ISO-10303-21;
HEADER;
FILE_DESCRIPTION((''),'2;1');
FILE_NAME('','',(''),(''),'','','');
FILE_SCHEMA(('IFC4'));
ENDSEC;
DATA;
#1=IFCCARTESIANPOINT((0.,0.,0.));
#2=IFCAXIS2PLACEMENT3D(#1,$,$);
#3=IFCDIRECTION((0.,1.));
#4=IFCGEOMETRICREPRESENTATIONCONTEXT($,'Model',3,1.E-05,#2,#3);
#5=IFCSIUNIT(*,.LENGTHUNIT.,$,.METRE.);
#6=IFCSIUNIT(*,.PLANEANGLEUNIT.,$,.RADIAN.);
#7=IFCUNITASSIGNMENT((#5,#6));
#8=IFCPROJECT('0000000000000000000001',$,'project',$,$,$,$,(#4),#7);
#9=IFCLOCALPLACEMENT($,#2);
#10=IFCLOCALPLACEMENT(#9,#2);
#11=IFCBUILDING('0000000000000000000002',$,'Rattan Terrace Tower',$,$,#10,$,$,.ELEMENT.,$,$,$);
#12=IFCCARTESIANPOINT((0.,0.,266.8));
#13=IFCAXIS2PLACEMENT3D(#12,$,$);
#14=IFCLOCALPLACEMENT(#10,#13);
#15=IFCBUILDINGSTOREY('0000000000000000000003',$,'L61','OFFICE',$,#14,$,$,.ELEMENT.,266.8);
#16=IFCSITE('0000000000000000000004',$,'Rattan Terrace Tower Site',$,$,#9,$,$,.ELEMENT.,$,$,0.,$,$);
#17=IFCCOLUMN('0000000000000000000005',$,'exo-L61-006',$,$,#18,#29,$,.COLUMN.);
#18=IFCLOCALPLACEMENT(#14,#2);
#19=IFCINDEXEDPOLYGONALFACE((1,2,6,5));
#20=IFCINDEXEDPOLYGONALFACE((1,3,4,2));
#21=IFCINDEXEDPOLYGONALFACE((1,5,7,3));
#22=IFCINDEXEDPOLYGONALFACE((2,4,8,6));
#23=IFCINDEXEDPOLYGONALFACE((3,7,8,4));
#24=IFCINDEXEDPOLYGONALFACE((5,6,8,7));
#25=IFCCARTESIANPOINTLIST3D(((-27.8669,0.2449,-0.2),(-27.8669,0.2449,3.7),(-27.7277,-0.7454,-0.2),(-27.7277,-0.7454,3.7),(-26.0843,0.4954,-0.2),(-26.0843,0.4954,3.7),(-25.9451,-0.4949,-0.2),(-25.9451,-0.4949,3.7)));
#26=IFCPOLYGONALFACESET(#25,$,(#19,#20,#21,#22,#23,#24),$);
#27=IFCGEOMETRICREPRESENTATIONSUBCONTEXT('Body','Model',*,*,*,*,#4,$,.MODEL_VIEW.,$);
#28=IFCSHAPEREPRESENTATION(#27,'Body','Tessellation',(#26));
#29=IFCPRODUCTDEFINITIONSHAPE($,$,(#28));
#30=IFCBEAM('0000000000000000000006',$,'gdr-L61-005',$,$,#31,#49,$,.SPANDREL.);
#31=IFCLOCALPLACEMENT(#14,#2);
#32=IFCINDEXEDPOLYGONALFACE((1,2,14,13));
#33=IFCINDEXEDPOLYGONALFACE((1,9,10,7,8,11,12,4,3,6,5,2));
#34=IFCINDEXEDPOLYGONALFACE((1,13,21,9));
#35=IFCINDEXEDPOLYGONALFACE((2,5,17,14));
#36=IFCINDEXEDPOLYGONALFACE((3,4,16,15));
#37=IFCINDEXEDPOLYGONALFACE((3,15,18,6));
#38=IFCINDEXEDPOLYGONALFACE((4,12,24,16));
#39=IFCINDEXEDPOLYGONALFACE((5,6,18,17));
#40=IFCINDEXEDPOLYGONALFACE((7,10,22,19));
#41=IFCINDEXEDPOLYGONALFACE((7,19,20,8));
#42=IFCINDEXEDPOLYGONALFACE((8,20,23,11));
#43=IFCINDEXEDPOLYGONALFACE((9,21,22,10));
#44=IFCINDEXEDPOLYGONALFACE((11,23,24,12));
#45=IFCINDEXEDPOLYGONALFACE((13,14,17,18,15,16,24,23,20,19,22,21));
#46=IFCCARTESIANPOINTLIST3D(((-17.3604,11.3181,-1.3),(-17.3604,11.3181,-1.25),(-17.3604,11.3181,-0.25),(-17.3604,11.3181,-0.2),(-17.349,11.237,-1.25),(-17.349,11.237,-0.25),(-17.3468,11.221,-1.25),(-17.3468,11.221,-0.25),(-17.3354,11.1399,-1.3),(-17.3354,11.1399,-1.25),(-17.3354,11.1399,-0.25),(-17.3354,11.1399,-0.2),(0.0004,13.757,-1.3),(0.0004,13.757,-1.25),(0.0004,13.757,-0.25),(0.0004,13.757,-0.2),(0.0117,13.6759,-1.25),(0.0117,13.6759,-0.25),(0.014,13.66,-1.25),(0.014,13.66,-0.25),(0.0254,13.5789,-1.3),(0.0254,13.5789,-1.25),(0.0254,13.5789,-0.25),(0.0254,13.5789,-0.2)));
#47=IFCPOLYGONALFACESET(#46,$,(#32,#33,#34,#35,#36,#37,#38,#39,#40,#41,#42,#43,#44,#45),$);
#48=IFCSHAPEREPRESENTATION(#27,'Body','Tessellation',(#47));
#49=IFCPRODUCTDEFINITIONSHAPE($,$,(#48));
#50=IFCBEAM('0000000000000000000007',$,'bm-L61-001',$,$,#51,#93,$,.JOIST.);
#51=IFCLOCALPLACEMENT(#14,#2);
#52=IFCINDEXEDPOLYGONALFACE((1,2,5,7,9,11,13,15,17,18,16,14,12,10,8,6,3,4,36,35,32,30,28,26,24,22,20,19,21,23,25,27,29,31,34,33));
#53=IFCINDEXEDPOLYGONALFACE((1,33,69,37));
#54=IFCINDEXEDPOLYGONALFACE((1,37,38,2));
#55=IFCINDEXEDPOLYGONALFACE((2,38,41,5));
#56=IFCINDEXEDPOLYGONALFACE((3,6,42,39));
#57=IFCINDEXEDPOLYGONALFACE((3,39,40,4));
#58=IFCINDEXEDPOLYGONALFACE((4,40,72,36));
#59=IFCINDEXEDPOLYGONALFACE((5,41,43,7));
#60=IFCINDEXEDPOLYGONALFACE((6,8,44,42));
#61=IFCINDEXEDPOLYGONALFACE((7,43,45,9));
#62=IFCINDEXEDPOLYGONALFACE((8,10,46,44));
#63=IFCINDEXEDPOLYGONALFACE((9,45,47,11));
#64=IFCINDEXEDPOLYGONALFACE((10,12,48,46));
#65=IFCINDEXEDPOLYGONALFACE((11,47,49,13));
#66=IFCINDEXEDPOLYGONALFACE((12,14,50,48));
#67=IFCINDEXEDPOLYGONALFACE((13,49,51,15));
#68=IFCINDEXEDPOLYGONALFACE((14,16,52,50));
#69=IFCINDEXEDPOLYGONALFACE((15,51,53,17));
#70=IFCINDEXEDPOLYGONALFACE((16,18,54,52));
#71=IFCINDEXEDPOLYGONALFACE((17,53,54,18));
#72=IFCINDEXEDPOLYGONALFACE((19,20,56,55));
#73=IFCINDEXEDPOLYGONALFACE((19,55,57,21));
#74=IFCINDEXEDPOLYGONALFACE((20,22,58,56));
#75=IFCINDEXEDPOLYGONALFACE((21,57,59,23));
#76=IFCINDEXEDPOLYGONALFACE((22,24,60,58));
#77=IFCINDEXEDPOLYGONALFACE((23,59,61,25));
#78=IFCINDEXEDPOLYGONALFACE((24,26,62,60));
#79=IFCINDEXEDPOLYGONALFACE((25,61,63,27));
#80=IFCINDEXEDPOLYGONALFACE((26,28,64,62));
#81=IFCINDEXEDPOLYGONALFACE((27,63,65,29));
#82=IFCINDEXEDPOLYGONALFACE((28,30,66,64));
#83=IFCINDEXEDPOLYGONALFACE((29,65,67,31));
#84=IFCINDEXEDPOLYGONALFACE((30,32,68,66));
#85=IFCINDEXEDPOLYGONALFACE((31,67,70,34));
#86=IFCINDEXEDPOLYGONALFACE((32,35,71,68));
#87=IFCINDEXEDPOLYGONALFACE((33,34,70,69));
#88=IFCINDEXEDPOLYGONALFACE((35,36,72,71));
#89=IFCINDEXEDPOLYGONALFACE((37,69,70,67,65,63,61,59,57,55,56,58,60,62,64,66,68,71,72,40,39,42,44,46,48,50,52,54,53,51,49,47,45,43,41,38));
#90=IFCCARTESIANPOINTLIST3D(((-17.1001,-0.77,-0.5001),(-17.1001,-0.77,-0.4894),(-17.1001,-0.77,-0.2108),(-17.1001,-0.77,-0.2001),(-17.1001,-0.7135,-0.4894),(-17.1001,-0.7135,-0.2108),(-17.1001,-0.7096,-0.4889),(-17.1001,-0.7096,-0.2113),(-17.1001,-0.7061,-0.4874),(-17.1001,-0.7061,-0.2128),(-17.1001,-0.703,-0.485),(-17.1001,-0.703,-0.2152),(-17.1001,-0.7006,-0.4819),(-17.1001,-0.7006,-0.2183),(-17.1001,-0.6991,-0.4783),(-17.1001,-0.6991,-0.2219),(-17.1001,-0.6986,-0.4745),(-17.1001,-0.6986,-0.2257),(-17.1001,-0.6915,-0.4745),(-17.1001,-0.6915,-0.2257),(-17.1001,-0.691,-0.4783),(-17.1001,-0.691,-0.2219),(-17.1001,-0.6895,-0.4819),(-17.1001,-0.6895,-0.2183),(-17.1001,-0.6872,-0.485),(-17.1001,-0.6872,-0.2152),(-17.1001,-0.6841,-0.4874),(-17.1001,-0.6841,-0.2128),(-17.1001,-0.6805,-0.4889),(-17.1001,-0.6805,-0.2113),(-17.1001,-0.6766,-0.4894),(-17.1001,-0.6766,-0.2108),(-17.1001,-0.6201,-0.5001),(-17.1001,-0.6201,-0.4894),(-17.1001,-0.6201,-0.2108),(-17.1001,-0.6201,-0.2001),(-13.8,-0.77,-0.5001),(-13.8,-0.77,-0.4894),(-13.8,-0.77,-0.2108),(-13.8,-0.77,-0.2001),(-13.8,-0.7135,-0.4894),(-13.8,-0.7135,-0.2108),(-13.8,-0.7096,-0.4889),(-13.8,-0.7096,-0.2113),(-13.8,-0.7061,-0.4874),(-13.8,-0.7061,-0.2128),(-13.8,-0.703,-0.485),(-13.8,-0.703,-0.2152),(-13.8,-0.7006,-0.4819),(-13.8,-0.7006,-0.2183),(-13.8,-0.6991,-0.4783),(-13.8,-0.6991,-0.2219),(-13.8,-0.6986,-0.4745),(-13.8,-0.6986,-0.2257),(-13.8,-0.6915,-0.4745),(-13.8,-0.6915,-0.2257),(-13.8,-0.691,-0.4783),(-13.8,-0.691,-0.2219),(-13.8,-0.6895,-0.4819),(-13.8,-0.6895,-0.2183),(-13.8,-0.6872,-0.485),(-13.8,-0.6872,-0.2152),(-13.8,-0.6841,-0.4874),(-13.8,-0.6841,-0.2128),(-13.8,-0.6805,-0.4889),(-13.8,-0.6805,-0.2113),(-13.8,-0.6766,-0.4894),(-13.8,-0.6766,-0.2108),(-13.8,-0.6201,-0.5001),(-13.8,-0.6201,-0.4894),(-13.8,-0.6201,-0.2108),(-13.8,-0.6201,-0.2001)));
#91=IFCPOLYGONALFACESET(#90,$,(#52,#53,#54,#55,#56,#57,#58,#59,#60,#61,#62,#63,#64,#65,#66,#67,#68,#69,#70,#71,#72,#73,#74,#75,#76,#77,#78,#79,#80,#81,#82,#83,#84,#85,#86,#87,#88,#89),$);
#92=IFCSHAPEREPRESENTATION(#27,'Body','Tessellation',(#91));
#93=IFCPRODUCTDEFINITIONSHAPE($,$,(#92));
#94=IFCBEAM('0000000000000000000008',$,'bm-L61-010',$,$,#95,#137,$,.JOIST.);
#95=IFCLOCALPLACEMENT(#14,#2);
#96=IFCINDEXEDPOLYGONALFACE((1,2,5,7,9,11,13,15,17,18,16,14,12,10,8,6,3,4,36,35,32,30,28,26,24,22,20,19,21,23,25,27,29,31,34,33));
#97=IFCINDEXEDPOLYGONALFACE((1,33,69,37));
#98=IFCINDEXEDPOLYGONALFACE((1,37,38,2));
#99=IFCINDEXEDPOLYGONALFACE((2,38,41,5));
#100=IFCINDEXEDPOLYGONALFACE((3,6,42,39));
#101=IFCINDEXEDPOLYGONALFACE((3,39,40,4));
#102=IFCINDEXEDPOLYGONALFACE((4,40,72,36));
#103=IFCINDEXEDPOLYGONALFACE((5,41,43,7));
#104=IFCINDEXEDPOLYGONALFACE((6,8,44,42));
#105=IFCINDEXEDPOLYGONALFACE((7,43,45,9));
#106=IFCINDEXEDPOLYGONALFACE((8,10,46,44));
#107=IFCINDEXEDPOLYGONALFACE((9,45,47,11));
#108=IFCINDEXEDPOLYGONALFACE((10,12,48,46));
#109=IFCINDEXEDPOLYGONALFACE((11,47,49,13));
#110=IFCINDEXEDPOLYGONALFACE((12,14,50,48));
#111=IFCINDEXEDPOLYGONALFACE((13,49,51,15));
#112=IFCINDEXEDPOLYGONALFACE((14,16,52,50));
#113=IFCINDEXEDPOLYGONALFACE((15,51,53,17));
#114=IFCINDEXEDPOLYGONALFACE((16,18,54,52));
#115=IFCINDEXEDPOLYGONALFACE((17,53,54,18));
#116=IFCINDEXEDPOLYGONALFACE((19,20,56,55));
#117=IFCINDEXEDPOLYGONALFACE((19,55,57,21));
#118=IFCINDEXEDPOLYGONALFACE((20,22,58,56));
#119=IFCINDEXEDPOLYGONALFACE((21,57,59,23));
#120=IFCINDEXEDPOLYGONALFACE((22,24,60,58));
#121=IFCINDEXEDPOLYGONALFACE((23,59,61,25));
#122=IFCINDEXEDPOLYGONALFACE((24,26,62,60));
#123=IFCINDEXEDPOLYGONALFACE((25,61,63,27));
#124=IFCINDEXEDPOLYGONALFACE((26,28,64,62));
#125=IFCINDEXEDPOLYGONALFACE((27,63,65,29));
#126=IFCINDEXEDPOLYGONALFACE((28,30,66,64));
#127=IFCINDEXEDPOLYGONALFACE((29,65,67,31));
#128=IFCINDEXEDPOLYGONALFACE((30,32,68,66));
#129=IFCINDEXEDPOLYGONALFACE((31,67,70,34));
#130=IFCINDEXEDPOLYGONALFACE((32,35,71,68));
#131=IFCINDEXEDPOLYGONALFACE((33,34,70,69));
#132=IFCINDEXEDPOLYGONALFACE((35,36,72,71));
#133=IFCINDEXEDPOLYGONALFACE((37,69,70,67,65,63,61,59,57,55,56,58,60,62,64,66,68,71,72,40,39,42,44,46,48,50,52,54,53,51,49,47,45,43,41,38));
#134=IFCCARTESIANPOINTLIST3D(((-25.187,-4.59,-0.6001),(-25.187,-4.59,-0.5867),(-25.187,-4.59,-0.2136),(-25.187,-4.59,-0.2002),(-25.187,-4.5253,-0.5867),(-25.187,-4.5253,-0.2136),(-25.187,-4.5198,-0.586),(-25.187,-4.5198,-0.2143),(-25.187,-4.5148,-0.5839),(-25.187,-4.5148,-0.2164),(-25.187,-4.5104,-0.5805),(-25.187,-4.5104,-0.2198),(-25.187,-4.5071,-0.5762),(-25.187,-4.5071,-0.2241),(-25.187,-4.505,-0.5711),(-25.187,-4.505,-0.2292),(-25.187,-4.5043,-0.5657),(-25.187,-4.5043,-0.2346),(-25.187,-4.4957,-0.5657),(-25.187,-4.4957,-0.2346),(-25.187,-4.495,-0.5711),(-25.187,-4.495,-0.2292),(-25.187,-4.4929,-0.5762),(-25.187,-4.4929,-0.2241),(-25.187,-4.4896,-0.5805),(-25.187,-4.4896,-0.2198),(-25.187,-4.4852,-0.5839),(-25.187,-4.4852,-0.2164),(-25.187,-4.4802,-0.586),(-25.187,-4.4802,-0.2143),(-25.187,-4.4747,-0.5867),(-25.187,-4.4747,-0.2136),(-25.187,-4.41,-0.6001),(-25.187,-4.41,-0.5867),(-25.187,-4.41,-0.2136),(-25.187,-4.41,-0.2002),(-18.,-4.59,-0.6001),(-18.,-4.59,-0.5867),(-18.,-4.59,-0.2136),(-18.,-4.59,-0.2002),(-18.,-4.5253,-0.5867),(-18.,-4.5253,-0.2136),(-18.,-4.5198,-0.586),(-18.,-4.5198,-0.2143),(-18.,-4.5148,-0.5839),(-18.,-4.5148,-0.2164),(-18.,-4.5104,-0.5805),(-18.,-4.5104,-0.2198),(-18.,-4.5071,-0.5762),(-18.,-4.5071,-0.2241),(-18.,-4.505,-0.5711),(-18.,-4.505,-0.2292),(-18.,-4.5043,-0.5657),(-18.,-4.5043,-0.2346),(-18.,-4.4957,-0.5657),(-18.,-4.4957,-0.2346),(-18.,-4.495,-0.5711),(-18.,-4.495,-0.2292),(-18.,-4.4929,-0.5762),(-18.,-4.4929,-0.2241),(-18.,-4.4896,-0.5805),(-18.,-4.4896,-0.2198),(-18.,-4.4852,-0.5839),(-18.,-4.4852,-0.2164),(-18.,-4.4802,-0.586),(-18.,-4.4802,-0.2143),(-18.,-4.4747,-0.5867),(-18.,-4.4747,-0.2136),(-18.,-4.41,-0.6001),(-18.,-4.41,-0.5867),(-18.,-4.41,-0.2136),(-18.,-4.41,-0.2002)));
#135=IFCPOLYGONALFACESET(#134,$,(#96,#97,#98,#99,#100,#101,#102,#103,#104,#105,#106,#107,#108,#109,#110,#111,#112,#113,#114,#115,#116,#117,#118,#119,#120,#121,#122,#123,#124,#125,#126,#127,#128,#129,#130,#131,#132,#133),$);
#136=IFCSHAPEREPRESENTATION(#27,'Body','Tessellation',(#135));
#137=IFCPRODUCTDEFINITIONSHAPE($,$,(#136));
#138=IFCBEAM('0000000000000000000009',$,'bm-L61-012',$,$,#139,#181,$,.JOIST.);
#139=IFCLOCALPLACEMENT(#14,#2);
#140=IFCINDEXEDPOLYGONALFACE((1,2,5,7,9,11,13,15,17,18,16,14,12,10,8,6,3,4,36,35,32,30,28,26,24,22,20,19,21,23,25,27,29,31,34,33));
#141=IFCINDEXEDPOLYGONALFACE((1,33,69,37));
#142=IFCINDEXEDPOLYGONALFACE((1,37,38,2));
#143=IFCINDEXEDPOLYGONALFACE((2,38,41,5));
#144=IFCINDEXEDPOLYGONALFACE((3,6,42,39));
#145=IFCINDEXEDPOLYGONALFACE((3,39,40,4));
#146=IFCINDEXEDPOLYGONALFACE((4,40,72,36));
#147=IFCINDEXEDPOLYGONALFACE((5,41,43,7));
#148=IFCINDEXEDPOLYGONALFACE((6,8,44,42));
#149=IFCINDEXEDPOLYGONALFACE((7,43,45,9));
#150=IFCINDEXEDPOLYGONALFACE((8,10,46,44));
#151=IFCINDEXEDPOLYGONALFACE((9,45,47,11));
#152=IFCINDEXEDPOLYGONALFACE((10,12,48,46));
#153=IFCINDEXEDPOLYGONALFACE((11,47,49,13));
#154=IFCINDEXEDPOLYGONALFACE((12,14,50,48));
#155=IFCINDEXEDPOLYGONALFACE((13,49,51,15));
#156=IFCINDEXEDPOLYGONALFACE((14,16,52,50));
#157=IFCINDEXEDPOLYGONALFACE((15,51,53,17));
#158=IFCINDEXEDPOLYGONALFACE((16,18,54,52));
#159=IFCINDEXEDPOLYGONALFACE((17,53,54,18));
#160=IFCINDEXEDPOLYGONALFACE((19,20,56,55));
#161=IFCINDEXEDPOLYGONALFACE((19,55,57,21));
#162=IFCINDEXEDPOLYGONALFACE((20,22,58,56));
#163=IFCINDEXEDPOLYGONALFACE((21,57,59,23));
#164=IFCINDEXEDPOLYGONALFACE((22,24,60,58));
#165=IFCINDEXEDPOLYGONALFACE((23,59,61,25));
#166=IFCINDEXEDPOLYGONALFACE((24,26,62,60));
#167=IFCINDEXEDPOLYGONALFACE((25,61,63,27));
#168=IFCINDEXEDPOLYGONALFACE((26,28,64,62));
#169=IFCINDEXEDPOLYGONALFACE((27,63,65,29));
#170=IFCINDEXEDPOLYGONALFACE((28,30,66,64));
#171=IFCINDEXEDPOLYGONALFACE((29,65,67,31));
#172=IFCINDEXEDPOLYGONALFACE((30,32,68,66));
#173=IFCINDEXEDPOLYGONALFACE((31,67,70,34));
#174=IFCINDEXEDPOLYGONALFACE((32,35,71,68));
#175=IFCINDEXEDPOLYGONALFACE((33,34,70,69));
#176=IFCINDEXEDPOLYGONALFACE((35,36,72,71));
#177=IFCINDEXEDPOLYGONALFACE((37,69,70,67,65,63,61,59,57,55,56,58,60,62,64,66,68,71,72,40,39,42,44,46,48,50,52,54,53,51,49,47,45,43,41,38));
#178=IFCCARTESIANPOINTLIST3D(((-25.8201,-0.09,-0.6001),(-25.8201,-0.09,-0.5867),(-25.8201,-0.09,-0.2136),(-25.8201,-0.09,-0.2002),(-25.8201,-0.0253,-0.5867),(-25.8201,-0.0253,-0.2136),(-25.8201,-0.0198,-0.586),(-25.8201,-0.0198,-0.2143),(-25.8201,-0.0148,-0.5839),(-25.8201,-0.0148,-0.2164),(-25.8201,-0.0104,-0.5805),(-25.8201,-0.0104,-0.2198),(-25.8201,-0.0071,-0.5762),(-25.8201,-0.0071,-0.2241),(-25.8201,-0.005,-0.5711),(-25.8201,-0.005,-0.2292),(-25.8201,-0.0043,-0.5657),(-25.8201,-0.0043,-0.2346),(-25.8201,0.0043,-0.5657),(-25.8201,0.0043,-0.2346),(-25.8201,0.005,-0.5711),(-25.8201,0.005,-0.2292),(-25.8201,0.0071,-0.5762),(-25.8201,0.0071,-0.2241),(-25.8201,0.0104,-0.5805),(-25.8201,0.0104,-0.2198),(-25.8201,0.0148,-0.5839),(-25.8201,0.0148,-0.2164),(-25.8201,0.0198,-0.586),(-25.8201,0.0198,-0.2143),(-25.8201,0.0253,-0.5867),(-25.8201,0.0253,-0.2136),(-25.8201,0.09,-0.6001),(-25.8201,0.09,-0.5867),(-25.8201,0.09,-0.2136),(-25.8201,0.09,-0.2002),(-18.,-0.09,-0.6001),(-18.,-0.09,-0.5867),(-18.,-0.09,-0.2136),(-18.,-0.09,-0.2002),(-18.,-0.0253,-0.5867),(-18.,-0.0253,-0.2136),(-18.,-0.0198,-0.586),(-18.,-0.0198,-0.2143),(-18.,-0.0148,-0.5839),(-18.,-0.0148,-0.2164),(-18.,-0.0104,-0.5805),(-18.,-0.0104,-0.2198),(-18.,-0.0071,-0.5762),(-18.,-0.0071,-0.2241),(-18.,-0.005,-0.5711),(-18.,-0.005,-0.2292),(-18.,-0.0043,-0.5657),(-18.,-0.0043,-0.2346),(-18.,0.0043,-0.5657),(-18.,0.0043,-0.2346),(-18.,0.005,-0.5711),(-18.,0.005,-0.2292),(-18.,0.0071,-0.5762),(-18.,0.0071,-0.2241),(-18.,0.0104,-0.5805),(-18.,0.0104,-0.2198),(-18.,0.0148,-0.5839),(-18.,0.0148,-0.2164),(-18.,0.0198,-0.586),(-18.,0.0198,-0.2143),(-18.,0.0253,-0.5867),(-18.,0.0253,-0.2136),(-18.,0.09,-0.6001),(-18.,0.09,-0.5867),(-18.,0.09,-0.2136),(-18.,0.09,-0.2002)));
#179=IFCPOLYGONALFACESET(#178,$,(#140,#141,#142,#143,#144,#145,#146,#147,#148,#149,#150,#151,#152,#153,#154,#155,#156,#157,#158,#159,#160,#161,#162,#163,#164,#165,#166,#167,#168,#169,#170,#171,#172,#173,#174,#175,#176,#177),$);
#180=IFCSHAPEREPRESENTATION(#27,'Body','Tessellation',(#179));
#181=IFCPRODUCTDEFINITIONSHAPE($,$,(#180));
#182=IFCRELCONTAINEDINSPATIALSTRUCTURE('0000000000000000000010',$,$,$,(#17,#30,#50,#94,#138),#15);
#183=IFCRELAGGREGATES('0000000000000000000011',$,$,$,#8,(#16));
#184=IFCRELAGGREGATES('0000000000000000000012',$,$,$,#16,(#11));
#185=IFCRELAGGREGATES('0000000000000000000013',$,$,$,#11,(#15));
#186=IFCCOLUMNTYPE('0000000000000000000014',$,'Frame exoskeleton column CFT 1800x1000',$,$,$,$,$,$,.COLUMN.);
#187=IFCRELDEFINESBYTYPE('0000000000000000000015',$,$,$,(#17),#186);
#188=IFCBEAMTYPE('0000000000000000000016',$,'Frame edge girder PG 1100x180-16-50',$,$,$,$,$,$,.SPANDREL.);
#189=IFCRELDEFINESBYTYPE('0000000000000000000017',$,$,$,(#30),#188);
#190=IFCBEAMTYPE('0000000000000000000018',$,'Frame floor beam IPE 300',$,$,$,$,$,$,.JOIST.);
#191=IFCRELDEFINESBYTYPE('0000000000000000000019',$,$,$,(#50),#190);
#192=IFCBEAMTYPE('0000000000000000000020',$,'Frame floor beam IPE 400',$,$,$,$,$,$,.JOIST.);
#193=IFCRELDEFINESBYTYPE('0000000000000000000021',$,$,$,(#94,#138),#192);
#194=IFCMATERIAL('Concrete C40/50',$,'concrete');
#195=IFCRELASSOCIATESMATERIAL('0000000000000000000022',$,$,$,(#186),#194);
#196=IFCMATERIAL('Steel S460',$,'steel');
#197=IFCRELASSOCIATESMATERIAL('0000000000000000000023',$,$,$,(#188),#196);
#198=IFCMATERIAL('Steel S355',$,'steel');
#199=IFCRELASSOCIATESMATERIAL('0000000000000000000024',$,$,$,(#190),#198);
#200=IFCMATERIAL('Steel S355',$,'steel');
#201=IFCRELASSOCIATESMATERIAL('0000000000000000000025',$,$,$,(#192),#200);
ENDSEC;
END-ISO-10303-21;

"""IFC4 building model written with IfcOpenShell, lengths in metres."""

from ifc_helpers import new_model, si_unit, direction, frame, origin, origin_2d, place, context, subcontext, project, spatial, rectangle, i_section, extrude, material, material_profile, profile_set, type_object, element, save


model = new_model("IFC4")

# Units and contexts
model_context = context("Model", 3, precision=1e-05, world=origin(), true_north=direction((0.0, 1.0)))
body_context = subcontext(model_context, "Body", "Model", "MODEL_VIEW")
ifc_project = project(units=[si_unit("LENGTHUNIT", "METRE"), si_unit("PLANEANGLEUNIT", "RADIAN")], contexts=[model_context])

# Site, building, storey
site_placement = place(None, origin())
site = spatial("IfcSite", under=ifc_project, at=site_placement, Name="Rattan Terrace Tower Site", CompositionType="ELEMENT", RefElevation=0.0)
building_placement = place(site_placement, origin())
building = spatial("IfcBuilding", under=site, at=building_placement, Name="Rattan Terrace Tower", CompositionType="ELEMENT")
storey_placement = place(building_placement, frame((0.0, 0.0, 266.8)))
storey = spatial("IfcBuildingStorey", under=building, at=storey_placement, Name="L61", Description="OFFICE", CompositionType="ELEMENT", Elevation=266.8)

# Column
ifc_material_1 = material(Name="Concrete C40/50", Category="concrete")
ifc_material_profile_1 = material_profile(ifc_material_1, rectangle(XDim=1.0, YDim=1.8, at=origin_2d()), Name="CFT 1800x1000")
ifc_profile_set_1 = profile_set([ifc_material_profile_1], Name="Concrete C40/50")
column_type = type_object("IfcColumnType", Name="Frame exoskeleton column CFT 1800x1000", PredefinedType="COLUMN", material=ifc_profile_set_1)
column_placement = place(storey_placement, frame((-26.906, -0.125, -0.2), z_axis=(0.0, 0.0, 1.0), x_axis=(-0.13919, 0.990266, 0.0)))
element("IfcColumn", 1, at=column_placement, inside=storey, type_object=column_type, Name="exo-L61-006", PredefinedType="COLUMN", context=body_context, shape_type="SweptSolid", body=[
    extrude(rectangle(XDim=1.0, YDim=1.8, at=origin_2d()), origin(), (0.0, 0.0, 1.0), 3.8999),
])

# Beams
ifc_material_2 = material(Name="Steel S460", Category="steel")
ifc_material_profile_2 = material_profile(ifc_material_2, i_section(OverallWidth=0.1799, OverallDepth=1.1001, WebThickness=0.0161, FlangeThickness=0.05, at=origin_2d()), Name="PG 1100x180-16-50")
ifc_profile_set_2 = profile_set([ifc_material_profile_2], Name="Steel S460")
beam_type_1 = type_object("IfcBeamType", Name="Frame edge girder PG 1100x180-16-50", PredefinedType="SPANDREL", material=ifc_profile_set_2)
beam_1_placement = place(storey_placement, frame((-17.3479, 11.229, -0.75), z_axis=(0.990275, 0.13912, 0.0), x_axis=(-0.13912, 0.990275, 0.0)))
element("IfcBeam", 2, at=beam_1_placement, inside=storey, type_object=beam_type_1, Name="gdr-L61-005", PredefinedType="SPANDREL", context=body_context, shape_type="SweptSolid", body=[
    extrude(i_section(OverallWidth=0.1799, OverallDepth=1.1001, WebThickness=0.0161, FlangeThickness=0.05, at=origin_2d()), origin(), (0.0, 0.0, 1.0), 17.5312),
])
ifc_material_3 = material(Name="Steel S355", Category="steel")
ifc_material_profile_3 = material_profile(ifc_material_3, i_section(OverallWidth=0.1499, OverallDepth=0.3, WebThickness=0.0071, FlangeThickness=0.0107, FilletRadius=0.0149, at=origin_2d()), Name="IPE 300")
ifc_profile_set_3 = profile_set([ifc_material_profile_3], Name="Steel S355")
beam_type_2 = type_object("IfcBeamType", Name="Frame floor beam IPE 300", PredefinedType="JOIST", material=ifc_profile_set_3)
beam_2_placement = place(storey_placement, frame((-17.1001, -0.6951, -0.3501), z_axis=(1.0, 0.0, 0.0), x_axis=(0.0, 1.0, 0.0)))
element("IfcBeam", 3, at=beam_2_placement, inside=storey, type_object=beam_type_2, Name="bm-L61-001", PredefinedType="JOIST", context=body_context, shape_type="SweptSolid", body=[
    extrude(i_section(OverallWidth=0.1499, OverallDepth=0.3, WebThickness=0.0071, FlangeThickness=0.0107, FilletRadius=0.0149, at=origin_2d()), origin(), (0.0, 0.0, 1.0), 3.3),
])
ifc_material_4 = material(Name="Steel S355", Category="steel")
ifc_material_profile_4 = material_profile(ifc_material_4, i_section(OverallWidth=0.1799, OverallDepth=0.3999, WebThickness=0.0085, FlangeThickness=0.0134, FilletRadius=0.021, at=origin_2d()), Name="IPE 400")
ifc_profile_set_4 = profile_set([ifc_material_profile_4], Name="Steel S355")
beam_type_3 = type_object("IfcBeamType", Name="Frame floor beam IPE 400", PredefinedType="JOIST", material=ifc_profile_set_4)
beam_3_placement = place(storey_placement, frame((-25.187, -4.5, -0.4001), z_axis=(1.0, 0.0, 0.0), x_axis=(0.0, 1.0, 0.0)))
element("IfcBeam", 4, at=beam_3_placement, inside=storey, type_object=beam_type_3, Name="bm-L61-010", PredefinedType="JOIST", context=body_context, shape_type="SweptSolid", body=[
    extrude(i_section(OverallWidth=0.1799, OverallDepth=0.3999, WebThickness=0.0085, FlangeThickness=0.0134, FilletRadius=0.021, at=origin_2d()), origin(), (0.0, 0.0, 1.0), 7.187),
])
beam_4_placement = place(storey_placement, frame((-25.8201, 0.0, -0.4001), z_axis=(1.0, 0.0, 0.0), x_axis=(0.0, 1.0, 0.0)))
element("IfcBeam", 5, at=beam_4_placement, inside=storey, type_object=beam_type_3, Name="bm-L61-012", PredefinedType="JOIST", context=body_context, shape_type="SweptSolid", body=[
    extrude(i_section(OverallWidth=0.1799, OverallDepth=0.3999, WebThickness=0.0085, FlangeThickness=0.0134, FilletRadius=0.021, at=origin_2d()), origin(), (0.0, 0.0, 1.0), 7.8201),
])

save(model, "model.ifc")
